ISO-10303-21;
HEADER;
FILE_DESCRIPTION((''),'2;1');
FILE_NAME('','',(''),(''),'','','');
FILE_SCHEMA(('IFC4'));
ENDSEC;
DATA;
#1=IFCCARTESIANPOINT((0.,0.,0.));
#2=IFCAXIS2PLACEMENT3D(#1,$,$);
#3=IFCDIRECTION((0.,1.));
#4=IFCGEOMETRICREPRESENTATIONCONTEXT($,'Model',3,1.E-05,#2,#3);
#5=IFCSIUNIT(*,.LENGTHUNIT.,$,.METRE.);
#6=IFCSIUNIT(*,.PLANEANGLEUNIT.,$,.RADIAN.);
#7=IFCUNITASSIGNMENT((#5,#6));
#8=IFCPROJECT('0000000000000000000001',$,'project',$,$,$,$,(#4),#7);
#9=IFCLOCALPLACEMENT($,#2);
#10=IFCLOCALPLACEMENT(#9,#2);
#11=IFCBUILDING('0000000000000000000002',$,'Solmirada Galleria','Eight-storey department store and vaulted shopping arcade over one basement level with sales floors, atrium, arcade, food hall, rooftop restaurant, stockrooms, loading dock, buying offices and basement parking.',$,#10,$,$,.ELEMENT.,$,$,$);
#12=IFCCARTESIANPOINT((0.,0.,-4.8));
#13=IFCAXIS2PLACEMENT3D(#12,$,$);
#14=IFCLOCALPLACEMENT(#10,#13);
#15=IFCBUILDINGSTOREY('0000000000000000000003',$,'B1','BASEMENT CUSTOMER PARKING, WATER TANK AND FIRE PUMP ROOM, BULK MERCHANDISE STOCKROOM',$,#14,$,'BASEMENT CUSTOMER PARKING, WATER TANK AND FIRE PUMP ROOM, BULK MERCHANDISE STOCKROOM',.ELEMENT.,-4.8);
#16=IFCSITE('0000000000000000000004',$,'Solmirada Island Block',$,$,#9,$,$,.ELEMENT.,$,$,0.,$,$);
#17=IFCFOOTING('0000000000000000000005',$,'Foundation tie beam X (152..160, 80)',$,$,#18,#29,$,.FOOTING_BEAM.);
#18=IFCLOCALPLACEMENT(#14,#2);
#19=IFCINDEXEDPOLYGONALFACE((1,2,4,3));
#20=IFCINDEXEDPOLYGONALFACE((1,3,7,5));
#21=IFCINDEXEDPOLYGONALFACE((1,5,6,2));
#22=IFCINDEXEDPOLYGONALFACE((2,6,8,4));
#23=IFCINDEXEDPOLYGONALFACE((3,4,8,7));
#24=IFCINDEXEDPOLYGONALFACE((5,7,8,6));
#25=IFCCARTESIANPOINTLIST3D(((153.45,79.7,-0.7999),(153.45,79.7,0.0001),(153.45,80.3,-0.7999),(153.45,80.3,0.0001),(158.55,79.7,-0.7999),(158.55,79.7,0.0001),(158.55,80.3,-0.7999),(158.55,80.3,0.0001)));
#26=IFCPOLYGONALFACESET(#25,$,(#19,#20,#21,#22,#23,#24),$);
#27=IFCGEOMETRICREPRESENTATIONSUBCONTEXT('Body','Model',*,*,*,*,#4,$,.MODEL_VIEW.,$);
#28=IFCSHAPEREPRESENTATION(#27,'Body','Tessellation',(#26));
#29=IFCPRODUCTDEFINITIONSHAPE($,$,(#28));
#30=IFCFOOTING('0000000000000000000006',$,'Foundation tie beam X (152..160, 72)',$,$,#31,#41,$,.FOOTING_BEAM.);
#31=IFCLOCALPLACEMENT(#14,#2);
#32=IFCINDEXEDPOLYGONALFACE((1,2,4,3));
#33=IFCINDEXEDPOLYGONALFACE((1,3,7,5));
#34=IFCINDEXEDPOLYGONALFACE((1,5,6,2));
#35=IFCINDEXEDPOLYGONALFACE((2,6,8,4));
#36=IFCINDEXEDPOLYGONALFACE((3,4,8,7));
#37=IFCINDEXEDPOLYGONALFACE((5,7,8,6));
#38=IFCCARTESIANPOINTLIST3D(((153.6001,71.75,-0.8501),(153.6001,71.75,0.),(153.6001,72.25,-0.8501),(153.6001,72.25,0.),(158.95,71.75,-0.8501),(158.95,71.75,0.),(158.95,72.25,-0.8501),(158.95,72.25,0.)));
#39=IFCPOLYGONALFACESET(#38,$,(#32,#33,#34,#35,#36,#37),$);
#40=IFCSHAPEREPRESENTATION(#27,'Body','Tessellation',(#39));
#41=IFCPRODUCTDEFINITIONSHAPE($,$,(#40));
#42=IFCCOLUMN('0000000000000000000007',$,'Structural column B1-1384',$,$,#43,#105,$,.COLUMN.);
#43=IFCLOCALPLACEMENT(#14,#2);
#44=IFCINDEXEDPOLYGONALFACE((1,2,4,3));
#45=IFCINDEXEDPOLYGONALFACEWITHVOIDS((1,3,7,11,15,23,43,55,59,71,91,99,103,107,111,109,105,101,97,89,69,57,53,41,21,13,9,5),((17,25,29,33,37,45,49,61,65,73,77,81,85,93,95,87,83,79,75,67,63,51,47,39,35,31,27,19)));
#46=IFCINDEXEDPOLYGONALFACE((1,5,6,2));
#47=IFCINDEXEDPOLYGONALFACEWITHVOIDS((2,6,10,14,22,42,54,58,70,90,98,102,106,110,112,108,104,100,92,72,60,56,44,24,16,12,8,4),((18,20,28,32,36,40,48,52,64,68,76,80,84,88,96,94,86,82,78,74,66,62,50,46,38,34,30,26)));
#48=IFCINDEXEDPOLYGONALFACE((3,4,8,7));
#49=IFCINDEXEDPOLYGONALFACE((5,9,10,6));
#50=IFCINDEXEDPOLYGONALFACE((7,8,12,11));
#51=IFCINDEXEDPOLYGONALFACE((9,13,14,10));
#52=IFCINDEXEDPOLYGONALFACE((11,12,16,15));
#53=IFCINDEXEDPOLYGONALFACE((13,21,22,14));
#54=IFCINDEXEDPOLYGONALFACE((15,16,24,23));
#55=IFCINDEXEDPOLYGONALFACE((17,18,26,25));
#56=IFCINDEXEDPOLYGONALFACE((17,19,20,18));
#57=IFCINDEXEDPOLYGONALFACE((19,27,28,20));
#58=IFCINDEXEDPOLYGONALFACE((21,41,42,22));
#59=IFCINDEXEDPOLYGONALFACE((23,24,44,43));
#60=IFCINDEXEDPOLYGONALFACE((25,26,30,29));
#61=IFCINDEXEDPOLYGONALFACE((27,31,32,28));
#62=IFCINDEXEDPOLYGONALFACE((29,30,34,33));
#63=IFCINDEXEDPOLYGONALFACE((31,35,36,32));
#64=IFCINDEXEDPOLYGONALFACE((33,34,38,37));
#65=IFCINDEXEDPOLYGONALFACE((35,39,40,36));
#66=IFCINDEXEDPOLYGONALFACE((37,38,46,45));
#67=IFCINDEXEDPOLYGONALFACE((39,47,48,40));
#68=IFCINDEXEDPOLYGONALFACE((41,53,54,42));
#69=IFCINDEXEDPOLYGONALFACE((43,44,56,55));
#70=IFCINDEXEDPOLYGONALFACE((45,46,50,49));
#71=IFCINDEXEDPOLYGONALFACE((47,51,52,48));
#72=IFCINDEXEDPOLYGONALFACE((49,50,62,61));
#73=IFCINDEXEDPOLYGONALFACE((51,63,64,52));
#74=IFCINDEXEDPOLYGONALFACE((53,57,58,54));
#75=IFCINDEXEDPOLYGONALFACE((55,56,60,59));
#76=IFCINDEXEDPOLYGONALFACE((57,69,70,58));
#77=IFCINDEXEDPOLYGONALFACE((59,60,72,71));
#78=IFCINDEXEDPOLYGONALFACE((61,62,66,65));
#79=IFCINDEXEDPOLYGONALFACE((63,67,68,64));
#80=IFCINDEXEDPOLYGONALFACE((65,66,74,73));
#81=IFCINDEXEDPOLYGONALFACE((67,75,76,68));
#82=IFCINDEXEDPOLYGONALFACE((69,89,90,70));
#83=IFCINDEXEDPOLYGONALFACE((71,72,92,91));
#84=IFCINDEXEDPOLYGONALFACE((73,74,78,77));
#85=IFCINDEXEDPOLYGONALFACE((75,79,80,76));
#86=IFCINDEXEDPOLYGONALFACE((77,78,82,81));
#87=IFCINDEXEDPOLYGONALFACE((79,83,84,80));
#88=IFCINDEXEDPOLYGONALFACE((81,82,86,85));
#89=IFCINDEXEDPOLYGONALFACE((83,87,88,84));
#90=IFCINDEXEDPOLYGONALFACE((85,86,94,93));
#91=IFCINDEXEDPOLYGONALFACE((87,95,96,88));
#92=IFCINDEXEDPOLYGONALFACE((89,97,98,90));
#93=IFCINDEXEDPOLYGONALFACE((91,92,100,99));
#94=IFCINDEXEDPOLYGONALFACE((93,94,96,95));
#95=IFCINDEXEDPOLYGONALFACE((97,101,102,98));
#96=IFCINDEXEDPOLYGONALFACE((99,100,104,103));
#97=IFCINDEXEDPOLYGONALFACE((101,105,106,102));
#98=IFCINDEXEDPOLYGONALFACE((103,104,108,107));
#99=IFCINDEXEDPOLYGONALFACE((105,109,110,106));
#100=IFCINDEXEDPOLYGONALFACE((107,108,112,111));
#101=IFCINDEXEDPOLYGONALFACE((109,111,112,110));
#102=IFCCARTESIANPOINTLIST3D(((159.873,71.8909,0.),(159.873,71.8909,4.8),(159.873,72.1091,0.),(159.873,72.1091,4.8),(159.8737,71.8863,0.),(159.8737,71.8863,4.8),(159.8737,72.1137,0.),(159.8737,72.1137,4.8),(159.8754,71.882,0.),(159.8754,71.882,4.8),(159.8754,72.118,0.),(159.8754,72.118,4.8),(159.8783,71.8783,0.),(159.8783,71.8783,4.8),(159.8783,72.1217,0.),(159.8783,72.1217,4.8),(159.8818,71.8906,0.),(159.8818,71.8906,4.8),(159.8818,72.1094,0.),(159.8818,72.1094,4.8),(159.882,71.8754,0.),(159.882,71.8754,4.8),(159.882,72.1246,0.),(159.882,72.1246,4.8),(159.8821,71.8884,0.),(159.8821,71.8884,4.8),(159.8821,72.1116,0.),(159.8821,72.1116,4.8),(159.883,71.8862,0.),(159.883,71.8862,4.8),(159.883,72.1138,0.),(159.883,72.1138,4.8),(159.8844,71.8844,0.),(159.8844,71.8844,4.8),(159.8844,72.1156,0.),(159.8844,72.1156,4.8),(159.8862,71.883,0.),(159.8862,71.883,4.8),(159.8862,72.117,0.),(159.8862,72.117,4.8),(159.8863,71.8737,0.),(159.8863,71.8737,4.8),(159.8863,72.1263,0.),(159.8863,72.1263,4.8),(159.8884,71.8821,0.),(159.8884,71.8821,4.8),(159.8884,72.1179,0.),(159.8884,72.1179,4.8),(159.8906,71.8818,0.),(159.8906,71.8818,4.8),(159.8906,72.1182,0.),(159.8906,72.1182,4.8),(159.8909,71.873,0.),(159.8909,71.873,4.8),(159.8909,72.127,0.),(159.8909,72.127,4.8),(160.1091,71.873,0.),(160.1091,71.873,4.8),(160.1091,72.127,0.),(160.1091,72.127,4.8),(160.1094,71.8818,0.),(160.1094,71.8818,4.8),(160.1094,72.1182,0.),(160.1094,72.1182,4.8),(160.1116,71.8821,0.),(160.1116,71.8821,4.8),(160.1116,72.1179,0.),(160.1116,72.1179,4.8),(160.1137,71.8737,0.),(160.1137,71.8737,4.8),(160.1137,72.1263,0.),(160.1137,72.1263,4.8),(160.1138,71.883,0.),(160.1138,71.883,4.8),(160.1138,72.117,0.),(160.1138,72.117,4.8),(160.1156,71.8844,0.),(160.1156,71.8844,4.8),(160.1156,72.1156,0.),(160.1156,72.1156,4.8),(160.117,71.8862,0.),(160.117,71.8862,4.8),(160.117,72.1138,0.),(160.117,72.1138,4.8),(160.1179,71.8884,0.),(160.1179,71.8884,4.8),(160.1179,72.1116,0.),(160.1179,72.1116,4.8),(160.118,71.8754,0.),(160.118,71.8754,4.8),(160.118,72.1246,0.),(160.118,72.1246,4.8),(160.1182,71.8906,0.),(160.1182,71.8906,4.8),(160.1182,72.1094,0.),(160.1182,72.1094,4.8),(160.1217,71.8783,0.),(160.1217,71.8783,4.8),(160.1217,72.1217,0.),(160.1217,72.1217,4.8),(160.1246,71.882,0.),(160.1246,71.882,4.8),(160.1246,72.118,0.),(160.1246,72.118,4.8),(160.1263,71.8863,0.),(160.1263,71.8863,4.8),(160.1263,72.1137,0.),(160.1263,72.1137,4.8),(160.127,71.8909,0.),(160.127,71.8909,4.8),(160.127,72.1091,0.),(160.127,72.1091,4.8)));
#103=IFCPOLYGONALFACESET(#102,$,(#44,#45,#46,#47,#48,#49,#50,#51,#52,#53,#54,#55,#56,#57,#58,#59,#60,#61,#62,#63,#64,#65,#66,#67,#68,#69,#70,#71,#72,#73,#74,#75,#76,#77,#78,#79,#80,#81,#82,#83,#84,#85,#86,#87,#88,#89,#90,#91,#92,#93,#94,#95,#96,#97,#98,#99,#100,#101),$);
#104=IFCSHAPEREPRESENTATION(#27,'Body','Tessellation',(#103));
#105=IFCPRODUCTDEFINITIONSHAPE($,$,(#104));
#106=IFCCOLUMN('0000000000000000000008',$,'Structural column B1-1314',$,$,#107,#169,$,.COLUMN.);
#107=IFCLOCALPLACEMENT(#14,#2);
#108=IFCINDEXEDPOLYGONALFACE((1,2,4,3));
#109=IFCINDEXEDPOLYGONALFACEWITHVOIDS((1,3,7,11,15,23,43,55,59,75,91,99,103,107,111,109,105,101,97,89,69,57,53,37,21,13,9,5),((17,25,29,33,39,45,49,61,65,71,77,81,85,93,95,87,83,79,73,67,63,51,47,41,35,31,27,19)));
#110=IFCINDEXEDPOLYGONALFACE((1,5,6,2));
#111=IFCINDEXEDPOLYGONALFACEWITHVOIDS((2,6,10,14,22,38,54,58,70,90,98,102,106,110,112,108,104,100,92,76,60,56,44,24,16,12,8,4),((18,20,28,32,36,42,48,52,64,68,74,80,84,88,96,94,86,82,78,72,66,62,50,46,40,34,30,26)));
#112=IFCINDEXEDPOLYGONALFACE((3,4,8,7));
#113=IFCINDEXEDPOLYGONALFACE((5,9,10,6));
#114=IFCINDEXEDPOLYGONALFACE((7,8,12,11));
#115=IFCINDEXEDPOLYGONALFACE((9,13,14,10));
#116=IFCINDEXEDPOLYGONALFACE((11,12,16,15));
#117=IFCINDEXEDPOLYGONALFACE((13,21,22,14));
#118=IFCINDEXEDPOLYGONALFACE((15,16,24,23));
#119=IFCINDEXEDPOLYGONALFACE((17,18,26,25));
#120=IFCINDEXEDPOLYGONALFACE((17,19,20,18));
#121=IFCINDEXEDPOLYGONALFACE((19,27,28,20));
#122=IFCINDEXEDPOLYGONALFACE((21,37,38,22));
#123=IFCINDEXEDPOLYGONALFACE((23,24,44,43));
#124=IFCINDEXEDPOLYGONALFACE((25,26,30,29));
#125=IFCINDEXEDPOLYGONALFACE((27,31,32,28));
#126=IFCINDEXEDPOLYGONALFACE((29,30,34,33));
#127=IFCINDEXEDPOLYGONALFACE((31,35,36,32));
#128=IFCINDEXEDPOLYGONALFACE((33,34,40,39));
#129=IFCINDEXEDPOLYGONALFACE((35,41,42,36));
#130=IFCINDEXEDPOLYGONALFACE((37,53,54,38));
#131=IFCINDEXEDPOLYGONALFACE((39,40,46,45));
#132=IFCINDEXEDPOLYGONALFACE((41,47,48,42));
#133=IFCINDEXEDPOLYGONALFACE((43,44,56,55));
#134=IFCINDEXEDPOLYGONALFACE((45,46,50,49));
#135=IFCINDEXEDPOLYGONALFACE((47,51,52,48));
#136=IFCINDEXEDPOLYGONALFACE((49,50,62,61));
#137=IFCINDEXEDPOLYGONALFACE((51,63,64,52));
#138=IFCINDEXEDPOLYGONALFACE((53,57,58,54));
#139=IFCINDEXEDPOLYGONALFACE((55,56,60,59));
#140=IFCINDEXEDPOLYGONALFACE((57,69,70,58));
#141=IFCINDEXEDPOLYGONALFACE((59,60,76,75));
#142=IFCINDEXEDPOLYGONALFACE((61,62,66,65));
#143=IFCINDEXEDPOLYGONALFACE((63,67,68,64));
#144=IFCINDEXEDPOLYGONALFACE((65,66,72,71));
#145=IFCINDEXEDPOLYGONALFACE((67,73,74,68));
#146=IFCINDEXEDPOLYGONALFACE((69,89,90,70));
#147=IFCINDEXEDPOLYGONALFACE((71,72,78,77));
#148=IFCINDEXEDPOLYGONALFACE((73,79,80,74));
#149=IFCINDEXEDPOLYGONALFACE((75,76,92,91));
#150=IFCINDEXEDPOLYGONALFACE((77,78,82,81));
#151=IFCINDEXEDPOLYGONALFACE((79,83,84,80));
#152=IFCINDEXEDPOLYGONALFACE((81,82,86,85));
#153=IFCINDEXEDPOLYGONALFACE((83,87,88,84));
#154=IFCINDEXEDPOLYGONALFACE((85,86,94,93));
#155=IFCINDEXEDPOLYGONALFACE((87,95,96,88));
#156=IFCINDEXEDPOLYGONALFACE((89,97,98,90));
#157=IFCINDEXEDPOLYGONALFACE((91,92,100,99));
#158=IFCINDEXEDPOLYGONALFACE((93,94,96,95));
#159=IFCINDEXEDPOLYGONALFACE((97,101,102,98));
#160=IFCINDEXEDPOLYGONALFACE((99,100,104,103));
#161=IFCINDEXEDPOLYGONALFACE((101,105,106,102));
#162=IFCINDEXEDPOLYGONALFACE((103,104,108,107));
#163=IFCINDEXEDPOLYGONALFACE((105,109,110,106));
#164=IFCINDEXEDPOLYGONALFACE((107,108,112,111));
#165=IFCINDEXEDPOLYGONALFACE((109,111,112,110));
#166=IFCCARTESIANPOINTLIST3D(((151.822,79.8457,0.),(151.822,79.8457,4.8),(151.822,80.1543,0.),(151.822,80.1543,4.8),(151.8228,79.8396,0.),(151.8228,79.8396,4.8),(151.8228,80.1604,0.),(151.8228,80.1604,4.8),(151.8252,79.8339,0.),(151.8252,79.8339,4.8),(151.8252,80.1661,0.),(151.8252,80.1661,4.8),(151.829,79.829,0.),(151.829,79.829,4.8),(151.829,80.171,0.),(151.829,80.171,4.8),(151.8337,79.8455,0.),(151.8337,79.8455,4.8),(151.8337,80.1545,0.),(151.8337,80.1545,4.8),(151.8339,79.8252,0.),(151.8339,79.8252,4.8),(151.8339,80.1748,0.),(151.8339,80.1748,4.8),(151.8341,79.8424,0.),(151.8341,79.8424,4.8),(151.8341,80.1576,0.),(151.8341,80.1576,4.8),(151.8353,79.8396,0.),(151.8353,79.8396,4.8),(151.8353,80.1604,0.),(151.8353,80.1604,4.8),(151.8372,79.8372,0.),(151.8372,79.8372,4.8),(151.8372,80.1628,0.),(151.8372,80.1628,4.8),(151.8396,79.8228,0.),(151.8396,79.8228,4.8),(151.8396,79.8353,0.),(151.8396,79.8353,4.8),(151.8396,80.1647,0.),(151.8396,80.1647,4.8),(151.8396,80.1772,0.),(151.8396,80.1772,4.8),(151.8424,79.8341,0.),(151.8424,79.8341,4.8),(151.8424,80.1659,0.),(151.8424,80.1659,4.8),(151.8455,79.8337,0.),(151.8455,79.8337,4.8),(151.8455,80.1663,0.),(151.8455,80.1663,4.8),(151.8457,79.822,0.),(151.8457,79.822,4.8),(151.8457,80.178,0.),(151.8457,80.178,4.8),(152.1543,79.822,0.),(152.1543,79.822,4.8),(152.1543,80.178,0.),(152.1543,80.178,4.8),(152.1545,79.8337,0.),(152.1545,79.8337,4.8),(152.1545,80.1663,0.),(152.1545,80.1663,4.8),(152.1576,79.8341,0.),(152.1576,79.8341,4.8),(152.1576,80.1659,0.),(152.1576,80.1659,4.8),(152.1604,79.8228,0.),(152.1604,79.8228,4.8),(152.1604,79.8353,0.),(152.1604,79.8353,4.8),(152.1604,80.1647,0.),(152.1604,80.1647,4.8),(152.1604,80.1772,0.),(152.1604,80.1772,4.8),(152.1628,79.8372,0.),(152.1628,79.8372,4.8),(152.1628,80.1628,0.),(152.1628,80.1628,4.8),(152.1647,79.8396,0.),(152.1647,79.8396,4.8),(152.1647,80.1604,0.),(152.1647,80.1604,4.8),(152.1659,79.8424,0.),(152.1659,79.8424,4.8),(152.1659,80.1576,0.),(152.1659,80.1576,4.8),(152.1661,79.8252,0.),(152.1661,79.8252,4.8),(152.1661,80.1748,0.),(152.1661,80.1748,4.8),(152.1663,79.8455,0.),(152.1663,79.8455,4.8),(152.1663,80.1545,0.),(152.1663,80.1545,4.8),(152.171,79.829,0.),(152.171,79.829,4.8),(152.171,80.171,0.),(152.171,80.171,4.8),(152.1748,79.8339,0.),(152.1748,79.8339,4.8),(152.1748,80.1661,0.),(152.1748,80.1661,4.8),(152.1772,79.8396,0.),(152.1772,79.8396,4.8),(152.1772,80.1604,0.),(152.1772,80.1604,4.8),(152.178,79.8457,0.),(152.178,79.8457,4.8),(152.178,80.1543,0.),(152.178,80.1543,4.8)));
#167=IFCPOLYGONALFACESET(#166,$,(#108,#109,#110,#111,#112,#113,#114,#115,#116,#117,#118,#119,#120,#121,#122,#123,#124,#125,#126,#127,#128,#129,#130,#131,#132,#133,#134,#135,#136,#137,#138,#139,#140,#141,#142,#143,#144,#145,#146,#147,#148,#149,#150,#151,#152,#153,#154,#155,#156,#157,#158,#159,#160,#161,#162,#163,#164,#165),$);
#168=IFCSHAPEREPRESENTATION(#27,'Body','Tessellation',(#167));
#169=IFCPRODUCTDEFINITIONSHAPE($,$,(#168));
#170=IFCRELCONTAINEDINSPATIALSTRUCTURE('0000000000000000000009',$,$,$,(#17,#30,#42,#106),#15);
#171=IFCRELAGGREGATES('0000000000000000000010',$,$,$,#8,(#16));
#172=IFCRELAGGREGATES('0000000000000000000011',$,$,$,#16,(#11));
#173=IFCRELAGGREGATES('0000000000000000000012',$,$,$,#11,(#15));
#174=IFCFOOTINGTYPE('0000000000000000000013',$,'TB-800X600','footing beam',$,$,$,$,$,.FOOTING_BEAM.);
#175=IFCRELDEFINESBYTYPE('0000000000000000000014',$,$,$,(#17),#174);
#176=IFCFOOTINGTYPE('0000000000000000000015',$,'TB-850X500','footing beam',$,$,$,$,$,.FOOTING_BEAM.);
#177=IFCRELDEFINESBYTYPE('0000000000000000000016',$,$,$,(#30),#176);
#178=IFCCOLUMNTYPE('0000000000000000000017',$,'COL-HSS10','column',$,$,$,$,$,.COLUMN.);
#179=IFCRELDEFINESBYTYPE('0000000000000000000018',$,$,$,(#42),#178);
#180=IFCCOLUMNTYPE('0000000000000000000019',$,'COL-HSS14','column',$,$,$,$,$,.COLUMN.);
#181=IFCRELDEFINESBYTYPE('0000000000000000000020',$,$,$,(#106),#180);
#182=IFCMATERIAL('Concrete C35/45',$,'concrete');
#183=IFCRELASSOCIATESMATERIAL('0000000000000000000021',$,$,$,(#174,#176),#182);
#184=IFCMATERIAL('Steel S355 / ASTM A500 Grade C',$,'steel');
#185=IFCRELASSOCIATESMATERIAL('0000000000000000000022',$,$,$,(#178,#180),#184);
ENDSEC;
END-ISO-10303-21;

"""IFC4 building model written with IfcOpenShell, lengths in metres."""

from ifc_helpers import new_model, si_unit, direction, frame, origin, origin_2d, place, context, subcontext, project, spatial, rectangle, hollow_rectangle, extrude, material, material_profile, profile_set, type_object, element, save


model = new_model("IFC4")

# Units and contexts
model_context = context("Model", 3, precision=1e-05, world=origin(), true_north=direction((0.0, 1.0)))
body_context = subcontext(model_context, "Body", "Model", "MODEL_VIEW")
ifc_project = project(units=[si_unit("LENGTHUNIT", "METRE"), si_unit("PLANEANGLEUNIT", "RADIAN")], contexts=[model_context])

# Site, building, storey
site_placement = place(None, origin())
site = spatial("IfcSite", under=ifc_project, at=site_placement, Name="Solmirada Island Block", CompositionType="ELEMENT", RefElevation=0.0)
building_placement = place(site_placement, origin())
building = spatial("IfcBuilding", under=site, at=building_placement, Name="Solmirada Galleria", Description="Eight-storey department store and vaulted shopping arcade over one basement level with sales floors, atrium, arcade, food hall, rooftop restaurant, stockrooms, loading dock, buying offices and basement parking.", CompositionType="ELEMENT")
storey_placement = place(building_placement, frame((0.0, 0.0, -4.8)))
storey = spatial("IfcBuildingStorey", under=building, at=storey_placement, Name="B1", Description="BASEMENT CUSTOMER PARKING, WATER TANK AND FIRE PUMP ROOM, BULK MERCHANDISE STOCKROOM", LongName="BASEMENT CUSTOMER PARKING, WATER TANK AND FIRE PUMP ROOM, BULK MERCHANDISE STOCKROOM", CompositionType="ELEMENT", Elevation=-4.8)

# Shared definitions
ifc_material_1 = material(Name="Concrete C35/45", Category="concrete")

# Footings
ifc_material_profile_1 = material_profile(ifc_material_1, rectangle(XDim=0.6001, YDim=0.8, at=origin_2d()), Name="RC800X600")
ifc_profile_set_1 = profile_set([ifc_material_profile_1], Name="Concrete C35/45")
footing_type_1 = type_object("IfcFootingType", Name="TB-800X600", Description="footing beam", PredefinedType="FOOTING_BEAM", material=ifc_profile_set_1)
footing_1_placement = place(storey_placement, frame((153.45, 80.0, -0.3999), z_axis=(1.0, 0.0, 0.0), x_axis=(0.0, 1.0, 0.0)))
element("IfcFooting", 1, at=footing_1_placement, inside=storey, type_object=footing_type_1, Name="Foundation tie beam X (152..160, 80)", PredefinedType="FOOTING_BEAM", context=body_context, shape_type="SweptSolid", body=[
    extrude(rectangle(XDim=0.6001, YDim=0.8, at=origin_2d()), origin(), (0.0, 0.0, 1.0), 5.1001),
])
ifc_material_profile_2 = material_profile(ifc_material_1, rectangle(XDim=0.5, YDim=0.8501, at=origin_2d()), Name="RC850X500")
ifc_profile_set_2 = profile_set([ifc_material_profile_2], Name="Concrete C35/45")
footing_type_2 = type_object("IfcFootingType", Name="TB-850X500", Description="footing beam", PredefinedType="FOOTING_BEAM", material=ifc_profile_set_2)
footing_2_placement = place(storey_placement, frame((153.6001, 72.0, -0.425), z_axis=(1.0, 0.0, 0.0), x_axis=(0.0, 1.0, 0.0)))
element("IfcFooting", 2, at=footing_2_placement, inside=storey, type_object=footing_type_2, Name="Foundation tie beam X (152..160, 72)", PredefinedType="FOOTING_BEAM", context=body_context, shape_type="SweptSolid", body=[
    extrude(rectangle(XDim=0.5, YDim=0.8501, at=origin_2d()), origin(), (0.0, 0.0, 1.0), 5.3499),
])

# Columns
ifc_material_2 = material(Name="Steel S355 / ASTM A500 Grade C", Category="steel")
ifc_material_profile_3 = material_profile(ifc_material_2, hollow_rectangle(XDim=0.2539, YDim=0.2539, WallThickness=0.0088, InnerFilletRadius=0.0088, OuterFilletRadius=0.0178, at=origin_2d()), Name="HSS10X10X3/8")
ifc_profile_set_3 = profile_set([ifc_material_profile_3], Name="Steel S355 / ASTM A500 Grade C")
column_type_1 = type_object("IfcColumnType", Name="COL-HSS10", Description="column", PredefinedType="COLUMN", material=ifc_profile_set_3)
column_placement = place(storey_placement, frame((160.0, 72.0, 0.0), z_axis=(0.0, 0.0, 1.0), x_axis=(1.0, 0.0, 0.0)))
element("IfcColumn", 3, at=column_placement, inside=storey, type_object=column_type_1, Name="Structural column B1-1384", PredefinedType="COLUMN", context=body_context, shape_type="SweptSolid", body=[
    extrude(hollow_rectangle(XDim=0.2539, YDim=0.2539, WallThickness=0.0088, InnerFilletRadius=0.0088, OuterFilletRadius=0.0178, at=origin_2d()), origin(), (0.0, 0.0, 1.0), 4.8),
])
ifc_material_profile_4 = material_profile(ifc_material_2, hollow_rectangle(XDim=0.356, YDim=0.356, WallThickness=0.0117, InnerFilletRadius=0.0117, OuterFilletRadius=0.0237, at=origin_2d()), Name="HSS14X14X1/2")
ifc_profile_set_4 = profile_set([ifc_material_profile_4], Name="Steel S355 / ASTM A500 Grade C")
column_type_2 = type_object("IfcColumnType", Name="COL-HSS14", Description="column", PredefinedType="COLUMN", material=ifc_profile_set_4)
for number, where, z_axis, x_axis, name in (
    (4, (152.0, 80.0, 0.0), (0.0, 0.0, 1.0), (1.0, 0.0, 0.0), "Structural column B1-1314"),
):
    element("IfcColumn", number, at=place(storey_placement, frame(where, z_axis=z_axis, x_axis=x_axis)), inside=storey, type_object=column_type_2, Name=name, PredefinedType="COLUMN", context=body_context, shape_type="SweptSolid", body=[
        extrude(hollow_rectangle(XDim=0.356, YDim=0.356, WallThickness=0.0117, InnerFilletRadius=0.0117, OuterFilletRadius=0.0237, at=origin_2d()), origin(), (0.0, 0.0, 1.0), 4.8),
    ])

save(model, "model.ifc")
